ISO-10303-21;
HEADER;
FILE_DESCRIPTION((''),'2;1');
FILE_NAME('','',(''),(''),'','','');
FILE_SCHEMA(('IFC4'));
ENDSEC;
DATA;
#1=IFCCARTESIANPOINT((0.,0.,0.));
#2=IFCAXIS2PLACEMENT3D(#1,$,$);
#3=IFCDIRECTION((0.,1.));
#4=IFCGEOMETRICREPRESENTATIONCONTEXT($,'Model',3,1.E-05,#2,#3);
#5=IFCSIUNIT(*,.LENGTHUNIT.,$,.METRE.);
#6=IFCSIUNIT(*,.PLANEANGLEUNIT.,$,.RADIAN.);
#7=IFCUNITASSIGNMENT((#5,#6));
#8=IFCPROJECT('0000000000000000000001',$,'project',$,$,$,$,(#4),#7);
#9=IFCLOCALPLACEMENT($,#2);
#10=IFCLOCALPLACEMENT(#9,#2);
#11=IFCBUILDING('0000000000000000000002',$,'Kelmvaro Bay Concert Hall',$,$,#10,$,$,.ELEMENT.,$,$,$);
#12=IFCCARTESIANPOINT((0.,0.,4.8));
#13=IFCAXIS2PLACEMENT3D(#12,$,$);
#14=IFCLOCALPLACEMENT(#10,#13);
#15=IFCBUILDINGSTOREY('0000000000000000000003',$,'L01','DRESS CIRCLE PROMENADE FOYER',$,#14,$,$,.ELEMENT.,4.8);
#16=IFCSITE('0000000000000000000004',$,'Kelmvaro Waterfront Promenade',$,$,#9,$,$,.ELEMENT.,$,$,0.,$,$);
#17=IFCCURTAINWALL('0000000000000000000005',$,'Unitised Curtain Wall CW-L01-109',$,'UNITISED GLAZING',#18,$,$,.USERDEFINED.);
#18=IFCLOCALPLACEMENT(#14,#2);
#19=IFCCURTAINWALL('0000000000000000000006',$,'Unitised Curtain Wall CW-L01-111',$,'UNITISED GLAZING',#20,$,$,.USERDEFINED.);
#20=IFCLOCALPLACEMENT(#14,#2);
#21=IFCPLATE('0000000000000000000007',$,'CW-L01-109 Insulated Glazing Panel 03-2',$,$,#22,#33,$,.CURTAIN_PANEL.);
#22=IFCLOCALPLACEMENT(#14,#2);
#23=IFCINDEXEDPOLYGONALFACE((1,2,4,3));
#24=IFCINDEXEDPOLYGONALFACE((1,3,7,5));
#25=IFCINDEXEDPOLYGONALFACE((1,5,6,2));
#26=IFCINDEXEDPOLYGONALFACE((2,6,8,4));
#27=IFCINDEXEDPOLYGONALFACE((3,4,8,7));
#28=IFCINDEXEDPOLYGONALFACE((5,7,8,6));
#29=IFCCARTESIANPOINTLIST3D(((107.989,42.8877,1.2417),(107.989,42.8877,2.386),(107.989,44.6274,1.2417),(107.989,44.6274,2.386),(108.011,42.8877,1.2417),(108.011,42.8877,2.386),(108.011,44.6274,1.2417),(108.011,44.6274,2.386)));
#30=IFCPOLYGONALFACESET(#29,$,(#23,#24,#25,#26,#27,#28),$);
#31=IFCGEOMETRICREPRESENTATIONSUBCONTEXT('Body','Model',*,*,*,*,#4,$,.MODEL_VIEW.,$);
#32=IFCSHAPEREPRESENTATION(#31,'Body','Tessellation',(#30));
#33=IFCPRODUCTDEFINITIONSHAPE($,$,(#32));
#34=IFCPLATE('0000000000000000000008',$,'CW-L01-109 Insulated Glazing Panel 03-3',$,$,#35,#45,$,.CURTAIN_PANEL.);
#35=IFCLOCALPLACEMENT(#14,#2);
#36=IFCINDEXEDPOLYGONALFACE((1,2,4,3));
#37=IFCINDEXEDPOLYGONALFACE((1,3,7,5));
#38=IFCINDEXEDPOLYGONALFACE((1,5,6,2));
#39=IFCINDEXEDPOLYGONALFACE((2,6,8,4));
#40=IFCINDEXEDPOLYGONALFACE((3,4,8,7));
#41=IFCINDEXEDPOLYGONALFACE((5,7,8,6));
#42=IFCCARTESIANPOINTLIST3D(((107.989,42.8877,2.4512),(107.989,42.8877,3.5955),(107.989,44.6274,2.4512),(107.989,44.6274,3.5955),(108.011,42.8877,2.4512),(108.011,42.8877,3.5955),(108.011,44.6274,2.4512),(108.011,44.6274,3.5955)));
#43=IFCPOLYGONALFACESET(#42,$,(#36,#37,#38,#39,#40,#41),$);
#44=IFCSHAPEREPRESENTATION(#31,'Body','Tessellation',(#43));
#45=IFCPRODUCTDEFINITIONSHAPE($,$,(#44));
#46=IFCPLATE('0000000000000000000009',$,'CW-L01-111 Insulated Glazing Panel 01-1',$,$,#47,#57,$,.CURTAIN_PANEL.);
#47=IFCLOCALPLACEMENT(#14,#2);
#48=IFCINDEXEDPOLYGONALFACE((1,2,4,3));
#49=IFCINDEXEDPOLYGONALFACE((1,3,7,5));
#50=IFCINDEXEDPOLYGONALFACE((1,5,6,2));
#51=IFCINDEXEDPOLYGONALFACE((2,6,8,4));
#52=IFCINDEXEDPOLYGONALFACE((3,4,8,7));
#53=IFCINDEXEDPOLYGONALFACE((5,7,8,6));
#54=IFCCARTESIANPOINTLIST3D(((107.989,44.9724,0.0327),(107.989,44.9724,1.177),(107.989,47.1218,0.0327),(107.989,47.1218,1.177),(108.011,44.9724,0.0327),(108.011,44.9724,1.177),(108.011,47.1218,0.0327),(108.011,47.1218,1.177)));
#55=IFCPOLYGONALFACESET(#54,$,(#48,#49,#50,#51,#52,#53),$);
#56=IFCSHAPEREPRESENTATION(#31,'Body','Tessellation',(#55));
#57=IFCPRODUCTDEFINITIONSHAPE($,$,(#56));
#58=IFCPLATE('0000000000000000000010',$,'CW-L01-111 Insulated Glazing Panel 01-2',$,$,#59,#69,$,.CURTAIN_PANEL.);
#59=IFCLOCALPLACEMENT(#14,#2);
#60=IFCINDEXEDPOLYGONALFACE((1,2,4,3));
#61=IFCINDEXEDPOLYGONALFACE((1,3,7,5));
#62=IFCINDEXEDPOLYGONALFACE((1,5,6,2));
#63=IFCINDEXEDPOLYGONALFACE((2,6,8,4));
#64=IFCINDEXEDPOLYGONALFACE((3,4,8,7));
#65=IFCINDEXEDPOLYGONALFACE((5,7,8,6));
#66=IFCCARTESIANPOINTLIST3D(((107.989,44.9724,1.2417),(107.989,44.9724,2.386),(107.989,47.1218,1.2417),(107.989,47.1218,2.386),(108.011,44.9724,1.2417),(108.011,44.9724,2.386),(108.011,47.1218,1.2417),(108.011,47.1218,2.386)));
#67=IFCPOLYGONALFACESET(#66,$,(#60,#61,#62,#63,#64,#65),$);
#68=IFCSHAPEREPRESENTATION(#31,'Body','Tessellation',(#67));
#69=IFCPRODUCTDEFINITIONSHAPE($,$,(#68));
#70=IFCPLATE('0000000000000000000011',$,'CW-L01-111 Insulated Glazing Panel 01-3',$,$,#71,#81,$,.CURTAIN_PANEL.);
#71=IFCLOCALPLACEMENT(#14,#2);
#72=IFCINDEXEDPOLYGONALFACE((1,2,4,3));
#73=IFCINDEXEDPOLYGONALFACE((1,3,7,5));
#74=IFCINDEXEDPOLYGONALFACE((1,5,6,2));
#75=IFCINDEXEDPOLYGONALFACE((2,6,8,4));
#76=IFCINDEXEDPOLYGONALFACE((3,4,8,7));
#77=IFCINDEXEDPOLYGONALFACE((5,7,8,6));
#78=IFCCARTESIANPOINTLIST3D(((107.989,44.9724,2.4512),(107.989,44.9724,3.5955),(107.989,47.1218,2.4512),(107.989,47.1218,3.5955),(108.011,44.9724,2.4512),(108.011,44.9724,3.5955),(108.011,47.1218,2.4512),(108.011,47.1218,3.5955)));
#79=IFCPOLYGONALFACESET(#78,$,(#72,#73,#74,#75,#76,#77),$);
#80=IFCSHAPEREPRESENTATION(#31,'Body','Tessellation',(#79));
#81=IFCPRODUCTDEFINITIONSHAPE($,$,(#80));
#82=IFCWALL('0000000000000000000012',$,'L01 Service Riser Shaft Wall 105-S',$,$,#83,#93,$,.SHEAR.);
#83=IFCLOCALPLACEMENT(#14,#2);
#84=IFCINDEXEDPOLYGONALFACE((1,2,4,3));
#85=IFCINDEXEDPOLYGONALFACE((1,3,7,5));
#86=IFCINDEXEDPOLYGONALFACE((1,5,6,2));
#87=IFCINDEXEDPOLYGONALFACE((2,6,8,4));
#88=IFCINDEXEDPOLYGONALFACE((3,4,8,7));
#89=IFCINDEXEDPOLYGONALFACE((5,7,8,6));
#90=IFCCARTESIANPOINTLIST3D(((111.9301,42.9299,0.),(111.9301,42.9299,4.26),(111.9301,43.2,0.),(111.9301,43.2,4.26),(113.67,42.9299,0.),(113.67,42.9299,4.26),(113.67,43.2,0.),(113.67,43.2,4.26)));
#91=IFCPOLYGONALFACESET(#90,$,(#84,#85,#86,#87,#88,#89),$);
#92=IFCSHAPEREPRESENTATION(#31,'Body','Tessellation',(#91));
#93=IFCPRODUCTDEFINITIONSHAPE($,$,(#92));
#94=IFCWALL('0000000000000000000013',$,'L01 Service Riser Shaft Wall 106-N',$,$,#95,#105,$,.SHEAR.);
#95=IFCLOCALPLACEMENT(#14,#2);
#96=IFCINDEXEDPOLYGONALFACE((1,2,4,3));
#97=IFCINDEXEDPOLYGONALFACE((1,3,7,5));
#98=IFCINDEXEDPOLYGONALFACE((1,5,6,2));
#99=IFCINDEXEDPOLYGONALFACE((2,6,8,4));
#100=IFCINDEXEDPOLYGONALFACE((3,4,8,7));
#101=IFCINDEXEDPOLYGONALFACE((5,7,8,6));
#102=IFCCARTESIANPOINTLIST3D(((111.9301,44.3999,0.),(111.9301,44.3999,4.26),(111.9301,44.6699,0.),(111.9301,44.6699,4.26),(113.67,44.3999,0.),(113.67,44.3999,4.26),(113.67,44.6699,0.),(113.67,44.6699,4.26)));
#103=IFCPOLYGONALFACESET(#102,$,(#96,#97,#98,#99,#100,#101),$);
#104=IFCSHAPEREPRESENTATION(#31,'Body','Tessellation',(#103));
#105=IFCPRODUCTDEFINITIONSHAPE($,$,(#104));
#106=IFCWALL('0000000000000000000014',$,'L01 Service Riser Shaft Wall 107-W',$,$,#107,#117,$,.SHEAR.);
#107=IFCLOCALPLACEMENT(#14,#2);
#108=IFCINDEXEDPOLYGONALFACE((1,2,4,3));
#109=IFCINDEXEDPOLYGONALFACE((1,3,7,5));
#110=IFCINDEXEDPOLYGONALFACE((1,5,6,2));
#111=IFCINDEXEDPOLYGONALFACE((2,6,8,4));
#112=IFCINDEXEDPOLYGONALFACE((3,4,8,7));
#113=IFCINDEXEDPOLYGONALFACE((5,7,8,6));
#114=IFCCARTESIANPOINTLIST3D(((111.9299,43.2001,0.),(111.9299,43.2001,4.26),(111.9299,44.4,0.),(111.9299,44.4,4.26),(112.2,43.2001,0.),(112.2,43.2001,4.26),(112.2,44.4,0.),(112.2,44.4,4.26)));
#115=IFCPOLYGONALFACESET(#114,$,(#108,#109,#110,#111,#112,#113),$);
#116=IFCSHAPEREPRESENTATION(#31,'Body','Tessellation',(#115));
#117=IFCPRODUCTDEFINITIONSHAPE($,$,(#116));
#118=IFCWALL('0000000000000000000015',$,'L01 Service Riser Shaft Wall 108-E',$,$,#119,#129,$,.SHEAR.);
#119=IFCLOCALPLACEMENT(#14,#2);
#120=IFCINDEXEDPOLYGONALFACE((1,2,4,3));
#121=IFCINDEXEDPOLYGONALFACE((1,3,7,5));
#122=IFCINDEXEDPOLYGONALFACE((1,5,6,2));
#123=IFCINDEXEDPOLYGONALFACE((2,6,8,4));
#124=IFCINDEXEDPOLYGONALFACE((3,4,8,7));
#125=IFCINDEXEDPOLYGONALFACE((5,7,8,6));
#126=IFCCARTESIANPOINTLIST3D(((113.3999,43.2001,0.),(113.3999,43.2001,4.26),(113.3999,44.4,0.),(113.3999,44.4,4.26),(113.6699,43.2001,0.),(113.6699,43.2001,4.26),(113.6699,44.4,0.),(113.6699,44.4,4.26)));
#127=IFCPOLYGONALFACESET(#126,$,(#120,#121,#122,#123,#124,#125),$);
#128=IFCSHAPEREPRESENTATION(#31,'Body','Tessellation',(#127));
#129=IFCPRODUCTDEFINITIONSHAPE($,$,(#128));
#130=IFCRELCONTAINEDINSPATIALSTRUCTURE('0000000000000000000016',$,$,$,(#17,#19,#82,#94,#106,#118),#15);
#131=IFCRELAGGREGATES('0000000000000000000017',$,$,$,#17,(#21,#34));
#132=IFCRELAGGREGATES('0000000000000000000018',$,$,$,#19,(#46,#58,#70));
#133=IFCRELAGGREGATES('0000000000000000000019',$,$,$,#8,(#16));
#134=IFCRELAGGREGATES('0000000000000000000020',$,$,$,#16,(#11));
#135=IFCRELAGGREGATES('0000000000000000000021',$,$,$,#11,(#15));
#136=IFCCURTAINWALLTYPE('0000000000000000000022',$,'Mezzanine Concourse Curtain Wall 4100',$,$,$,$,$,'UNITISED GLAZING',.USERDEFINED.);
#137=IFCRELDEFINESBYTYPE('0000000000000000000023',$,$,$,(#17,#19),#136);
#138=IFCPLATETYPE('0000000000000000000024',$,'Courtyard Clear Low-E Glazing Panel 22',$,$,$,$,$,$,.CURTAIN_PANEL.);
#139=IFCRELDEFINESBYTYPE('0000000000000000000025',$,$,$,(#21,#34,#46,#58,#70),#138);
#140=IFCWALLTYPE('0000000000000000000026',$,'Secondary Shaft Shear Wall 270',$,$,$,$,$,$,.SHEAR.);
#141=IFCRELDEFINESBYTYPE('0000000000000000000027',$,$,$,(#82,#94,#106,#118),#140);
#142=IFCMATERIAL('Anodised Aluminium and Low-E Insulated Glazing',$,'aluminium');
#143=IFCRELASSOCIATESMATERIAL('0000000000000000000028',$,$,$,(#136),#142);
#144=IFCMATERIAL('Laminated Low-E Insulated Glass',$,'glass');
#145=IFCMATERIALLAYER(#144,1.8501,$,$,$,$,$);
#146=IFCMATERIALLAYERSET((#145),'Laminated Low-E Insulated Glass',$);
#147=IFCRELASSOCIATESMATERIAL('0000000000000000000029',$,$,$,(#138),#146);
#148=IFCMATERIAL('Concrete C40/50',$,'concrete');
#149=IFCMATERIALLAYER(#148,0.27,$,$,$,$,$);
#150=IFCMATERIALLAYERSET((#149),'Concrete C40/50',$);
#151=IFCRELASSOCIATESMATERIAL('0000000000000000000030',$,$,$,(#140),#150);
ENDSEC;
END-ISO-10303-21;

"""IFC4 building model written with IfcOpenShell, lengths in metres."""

from ifc_helpers import new_model, si_unit, direction, frame, frame_2d, origin, origin_2d, place, context, subcontext, project, spatial, rectangle, extrude, material, layer, layer_set, type_object, element, aggregate, save


model = new_model("IFC4")

# Units and contexts
model_context = context("Model", 3, precision=1e-05, world=origin(), true_north=direction((0.0, 1.0)))
body_context = subcontext(model_context, "Body", "Model", "MODEL_VIEW")
ifc_project = project(units=[si_unit("LENGTHUNIT", "METRE"), si_unit("PLANEANGLEUNIT", "RADIAN")], contexts=[model_context])

# Site, building, storey
site_placement = place(None, origin())
site = spatial("IfcSite", under=ifc_project, at=site_placement, Name="Kelmvaro Waterfront Promenade", CompositionType="ELEMENT", RefElevation=0.0)
building_placement = place(site_placement, origin())
building = spatial("IfcBuilding", under=site, at=building_placement, Name="Kelmvaro Bay Concert Hall", CompositionType="ELEMENT")
storey_placement = place(building_placement, frame((0.0, 0.0, 4.8)))
storey = spatial("IfcBuildingStorey", under=building, at=storey_placement, Name="L01", Description="DRESS CIRCLE PROMENADE FOYER", CompositionType="ELEMENT", Elevation=4.8)

# Curtain walls
ifc_material_1 = material(Name="Anodised Aluminium and Low-E Insulated Glazing", Category="aluminium")
curtain_wall_type = type_object("IfcCurtainWallType", Name="Mezzanine Concourse Curtain Wall 4100", ElementType="UNITISED GLAZING", PredefinedType="USERDEFINED", material=ifc_material_1)
curtain_wall_1_placement = place(storey_placement, origin())
curtain_wall_1 = element("IfcCurtainWall", 1, at=curtain_wall_1_placement, inside=storey, type_object=curtain_wall_type, Name="Unitised Curtain Wall CW-L01-109", ObjectType="UNITISED GLAZING", PredefinedType="USERDEFINED")
curtain_wall_2_placement = place(storey_placement, origin())
curtain_wall_2 = element("IfcCurtainWall", 2, at=curtain_wall_2_placement, inside=storey, type_object=curtain_wall_type, Name="Unitised Curtain Wall CW-L01-111", ObjectType="UNITISED GLAZING", PredefinedType="USERDEFINED")

# Plates
ifc_material_2 = material(Name="Laminated Low-E Insulated Glass", Category="glass")
ifc_layer_1 = layer(ifc_material_2, 1.8501)
ifc_layer_set_1 = layer_set([ifc_layer_1], Name="Laminated Low-E Insulated Glass")
plate_type = type_object("IfcPlateType", Name="Courtyard Clear Low-E Glazing Panel 22", PredefinedType="CURTAIN_PANEL", material=ifc_layer_set_1)
plate_1_placement = place(storey_placement, frame((108.0, 43.7576, 1.2417), z_axis=(0.0, 0.0, 1.0), x_axis=(0.0, 1.0, 0.0)))
plate_1 = element("IfcPlate", 3, at=plate_1_placement, type_object=plate_type, Name="CW-L01-109 Insulated Glazing Panel 03-2", PredefinedType="CURTAIN_PANEL", context=body_context, shape_type="SweptSolid", body=[
    extrude(rectangle(XDim=1.7397, YDim=0.022, at=origin_2d()), origin(), (0.0, 0.0, 1.0), 1.1443),
])
plate_2_placement = place(storey_placement, frame((108.0, 43.7576, 2.4512), z_axis=(0.0, 0.0, 1.0), x_axis=(0.0, 1.0, 0.0)))
plate_2 = element("IfcPlate", 4, at=plate_2_placement, type_object=plate_type, Name="CW-L01-109 Insulated Glazing Panel 03-3", PredefinedType="CURTAIN_PANEL", context=body_context, shape_type="SweptSolid", body=[
    extrude(rectangle(XDim=1.7397, YDim=0.022, at=origin_2d()), origin(), (0.0, 0.0, 1.0), 1.1443),
])
aggregate(curtain_wall_1, [plate_1, plate_2])
plate_3_placement = place(storey_placement, frame((108.0, 46.0471, 0.0327), z_axis=(0.0, 0.0, 1.0), x_axis=(0.0, 1.0, 0.0)))
plate_3 = element("IfcPlate", 5, at=plate_3_placement, type_object=plate_type, Name="CW-L01-111 Insulated Glazing Panel 01-1", PredefinedType="CURTAIN_PANEL", context=body_context, shape_type="SweptSolid", body=[
    extrude(rectangle(XDim=2.1494, YDim=0.022, at=origin_2d()), origin(), (0.0, 0.0, 1.0), 1.1443),
])
plate_4_placement = place(storey_placement, frame((108.0, 46.0471, 1.2417), z_axis=(0.0, 0.0, 1.0), x_axis=(0.0, 1.0, 0.0)))
plate_4 = element("IfcPlate", 6, at=plate_4_placement, type_object=plate_type, Name="CW-L01-111 Insulated Glazing Panel 01-2", PredefinedType="CURTAIN_PANEL", context=body_context, shape_type="SweptSolid", body=[
    extrude(rectangle(XDim=2.1494, YDim=0.022, at=origin_2d()), origin(), (0.0, 0.0, 1.0), 1.1443),
])
plate_5_placement = place(storey_placement, frame((108.0, 46.0471, 2.4512), z_axis=(0.0, 0.0, 1.0), x_axis=(0.0, 1.0, 0.0)))
plate_5 = element("IfcPlate", 7, at=plate_5_placement, type_object=plate_type, Name="CW-L01-111 Insulated Glazing Panel 01-3", PredefinedType="CURTAIN_PANEL", context=body_context, shape_type="SweptSolid", body=[
    extrude(rectangle(XDim=2.1494, YDim=0.022, at=origin_2d()), origin(), (0.0, 0.0, 1.0), 1.1443),
])
aggregate(curtain_wall_2, [plate_3, plate_4, plate_5])

# Walls
ifc_material_3 = material(Name="Concrete C40/50", Category="concrete")
ifc_layer_2 = layer(ifc_material_3, 0.27)
ifc_layer_set_2 = layer_set([ifc_layer_2], Name="Concrete C40/50")
wall_type = type_object("IfcWallType", Name="Secondary Shaft Shear Wall 270", PredefinedType="SHEAR", material=ifc_layer_set_2)
for number, where, z_axis, x_axis, name in (
    (8, (111.9299, 43.0649, 0.0), (0.0, 0.0, 1.0), (1.0, 0.0, 0.0), "L01 Service Riser Shaft Wall 105-S"),
    (9, (111.9299, 44.5349, 0.0), (0.0, 0.0, 1.0), (1.0, 0.0, 0.0), "L01 Service Riser Shaft Wall 106-N"),
):
    element("IfcWall", number, at=place(storey_placement, frame(where, z_axis=z_axis, x_axis=x_axis)), inside=storey, type_object=wall_type, Name=name, PredefinedType="SHEAR", context=body_context, shape_type="SweptSolid", body=[
        extrude(rectangle(XDim=1.74, YDim=0.27, at=frame_2d((0.8701, 0.0))), origin(), (0.0, 0.0, 1.0), 4.26),
    ])
for number, where, z_axis, x_axis, name in (
    (10, (112.0649, 43.2, 0.0), (0.0, 0.0, 1.0), (0.0, 1.0, 0.0), "L01 Service Riser Shaft Wall 107-W"),
    (11, (113.5349, 43.2, 0.0), (0.0, 0.0, 1.0), (0.0, 1.0, 0.0), "L01 Service Riser Shaft Wall 108-E"),
):
    element("IfcWall", number, at=place(storey_placement, frame(where, z_axis=z_axis, x_axis=x_axis)), inside=storey, type_object=wall_type, Name=name, PredefinedType="SHEAR", context=body_context, shape_type="SweptSolid", body=[
        extrude(rectangle(XDim=1.2, YDim=0.27, at=frame_2d((0.6001, 0.0))), origin(), (0.0, 0.0, 1.0), 4.26),
    ])

save(model, "model.ifc")
